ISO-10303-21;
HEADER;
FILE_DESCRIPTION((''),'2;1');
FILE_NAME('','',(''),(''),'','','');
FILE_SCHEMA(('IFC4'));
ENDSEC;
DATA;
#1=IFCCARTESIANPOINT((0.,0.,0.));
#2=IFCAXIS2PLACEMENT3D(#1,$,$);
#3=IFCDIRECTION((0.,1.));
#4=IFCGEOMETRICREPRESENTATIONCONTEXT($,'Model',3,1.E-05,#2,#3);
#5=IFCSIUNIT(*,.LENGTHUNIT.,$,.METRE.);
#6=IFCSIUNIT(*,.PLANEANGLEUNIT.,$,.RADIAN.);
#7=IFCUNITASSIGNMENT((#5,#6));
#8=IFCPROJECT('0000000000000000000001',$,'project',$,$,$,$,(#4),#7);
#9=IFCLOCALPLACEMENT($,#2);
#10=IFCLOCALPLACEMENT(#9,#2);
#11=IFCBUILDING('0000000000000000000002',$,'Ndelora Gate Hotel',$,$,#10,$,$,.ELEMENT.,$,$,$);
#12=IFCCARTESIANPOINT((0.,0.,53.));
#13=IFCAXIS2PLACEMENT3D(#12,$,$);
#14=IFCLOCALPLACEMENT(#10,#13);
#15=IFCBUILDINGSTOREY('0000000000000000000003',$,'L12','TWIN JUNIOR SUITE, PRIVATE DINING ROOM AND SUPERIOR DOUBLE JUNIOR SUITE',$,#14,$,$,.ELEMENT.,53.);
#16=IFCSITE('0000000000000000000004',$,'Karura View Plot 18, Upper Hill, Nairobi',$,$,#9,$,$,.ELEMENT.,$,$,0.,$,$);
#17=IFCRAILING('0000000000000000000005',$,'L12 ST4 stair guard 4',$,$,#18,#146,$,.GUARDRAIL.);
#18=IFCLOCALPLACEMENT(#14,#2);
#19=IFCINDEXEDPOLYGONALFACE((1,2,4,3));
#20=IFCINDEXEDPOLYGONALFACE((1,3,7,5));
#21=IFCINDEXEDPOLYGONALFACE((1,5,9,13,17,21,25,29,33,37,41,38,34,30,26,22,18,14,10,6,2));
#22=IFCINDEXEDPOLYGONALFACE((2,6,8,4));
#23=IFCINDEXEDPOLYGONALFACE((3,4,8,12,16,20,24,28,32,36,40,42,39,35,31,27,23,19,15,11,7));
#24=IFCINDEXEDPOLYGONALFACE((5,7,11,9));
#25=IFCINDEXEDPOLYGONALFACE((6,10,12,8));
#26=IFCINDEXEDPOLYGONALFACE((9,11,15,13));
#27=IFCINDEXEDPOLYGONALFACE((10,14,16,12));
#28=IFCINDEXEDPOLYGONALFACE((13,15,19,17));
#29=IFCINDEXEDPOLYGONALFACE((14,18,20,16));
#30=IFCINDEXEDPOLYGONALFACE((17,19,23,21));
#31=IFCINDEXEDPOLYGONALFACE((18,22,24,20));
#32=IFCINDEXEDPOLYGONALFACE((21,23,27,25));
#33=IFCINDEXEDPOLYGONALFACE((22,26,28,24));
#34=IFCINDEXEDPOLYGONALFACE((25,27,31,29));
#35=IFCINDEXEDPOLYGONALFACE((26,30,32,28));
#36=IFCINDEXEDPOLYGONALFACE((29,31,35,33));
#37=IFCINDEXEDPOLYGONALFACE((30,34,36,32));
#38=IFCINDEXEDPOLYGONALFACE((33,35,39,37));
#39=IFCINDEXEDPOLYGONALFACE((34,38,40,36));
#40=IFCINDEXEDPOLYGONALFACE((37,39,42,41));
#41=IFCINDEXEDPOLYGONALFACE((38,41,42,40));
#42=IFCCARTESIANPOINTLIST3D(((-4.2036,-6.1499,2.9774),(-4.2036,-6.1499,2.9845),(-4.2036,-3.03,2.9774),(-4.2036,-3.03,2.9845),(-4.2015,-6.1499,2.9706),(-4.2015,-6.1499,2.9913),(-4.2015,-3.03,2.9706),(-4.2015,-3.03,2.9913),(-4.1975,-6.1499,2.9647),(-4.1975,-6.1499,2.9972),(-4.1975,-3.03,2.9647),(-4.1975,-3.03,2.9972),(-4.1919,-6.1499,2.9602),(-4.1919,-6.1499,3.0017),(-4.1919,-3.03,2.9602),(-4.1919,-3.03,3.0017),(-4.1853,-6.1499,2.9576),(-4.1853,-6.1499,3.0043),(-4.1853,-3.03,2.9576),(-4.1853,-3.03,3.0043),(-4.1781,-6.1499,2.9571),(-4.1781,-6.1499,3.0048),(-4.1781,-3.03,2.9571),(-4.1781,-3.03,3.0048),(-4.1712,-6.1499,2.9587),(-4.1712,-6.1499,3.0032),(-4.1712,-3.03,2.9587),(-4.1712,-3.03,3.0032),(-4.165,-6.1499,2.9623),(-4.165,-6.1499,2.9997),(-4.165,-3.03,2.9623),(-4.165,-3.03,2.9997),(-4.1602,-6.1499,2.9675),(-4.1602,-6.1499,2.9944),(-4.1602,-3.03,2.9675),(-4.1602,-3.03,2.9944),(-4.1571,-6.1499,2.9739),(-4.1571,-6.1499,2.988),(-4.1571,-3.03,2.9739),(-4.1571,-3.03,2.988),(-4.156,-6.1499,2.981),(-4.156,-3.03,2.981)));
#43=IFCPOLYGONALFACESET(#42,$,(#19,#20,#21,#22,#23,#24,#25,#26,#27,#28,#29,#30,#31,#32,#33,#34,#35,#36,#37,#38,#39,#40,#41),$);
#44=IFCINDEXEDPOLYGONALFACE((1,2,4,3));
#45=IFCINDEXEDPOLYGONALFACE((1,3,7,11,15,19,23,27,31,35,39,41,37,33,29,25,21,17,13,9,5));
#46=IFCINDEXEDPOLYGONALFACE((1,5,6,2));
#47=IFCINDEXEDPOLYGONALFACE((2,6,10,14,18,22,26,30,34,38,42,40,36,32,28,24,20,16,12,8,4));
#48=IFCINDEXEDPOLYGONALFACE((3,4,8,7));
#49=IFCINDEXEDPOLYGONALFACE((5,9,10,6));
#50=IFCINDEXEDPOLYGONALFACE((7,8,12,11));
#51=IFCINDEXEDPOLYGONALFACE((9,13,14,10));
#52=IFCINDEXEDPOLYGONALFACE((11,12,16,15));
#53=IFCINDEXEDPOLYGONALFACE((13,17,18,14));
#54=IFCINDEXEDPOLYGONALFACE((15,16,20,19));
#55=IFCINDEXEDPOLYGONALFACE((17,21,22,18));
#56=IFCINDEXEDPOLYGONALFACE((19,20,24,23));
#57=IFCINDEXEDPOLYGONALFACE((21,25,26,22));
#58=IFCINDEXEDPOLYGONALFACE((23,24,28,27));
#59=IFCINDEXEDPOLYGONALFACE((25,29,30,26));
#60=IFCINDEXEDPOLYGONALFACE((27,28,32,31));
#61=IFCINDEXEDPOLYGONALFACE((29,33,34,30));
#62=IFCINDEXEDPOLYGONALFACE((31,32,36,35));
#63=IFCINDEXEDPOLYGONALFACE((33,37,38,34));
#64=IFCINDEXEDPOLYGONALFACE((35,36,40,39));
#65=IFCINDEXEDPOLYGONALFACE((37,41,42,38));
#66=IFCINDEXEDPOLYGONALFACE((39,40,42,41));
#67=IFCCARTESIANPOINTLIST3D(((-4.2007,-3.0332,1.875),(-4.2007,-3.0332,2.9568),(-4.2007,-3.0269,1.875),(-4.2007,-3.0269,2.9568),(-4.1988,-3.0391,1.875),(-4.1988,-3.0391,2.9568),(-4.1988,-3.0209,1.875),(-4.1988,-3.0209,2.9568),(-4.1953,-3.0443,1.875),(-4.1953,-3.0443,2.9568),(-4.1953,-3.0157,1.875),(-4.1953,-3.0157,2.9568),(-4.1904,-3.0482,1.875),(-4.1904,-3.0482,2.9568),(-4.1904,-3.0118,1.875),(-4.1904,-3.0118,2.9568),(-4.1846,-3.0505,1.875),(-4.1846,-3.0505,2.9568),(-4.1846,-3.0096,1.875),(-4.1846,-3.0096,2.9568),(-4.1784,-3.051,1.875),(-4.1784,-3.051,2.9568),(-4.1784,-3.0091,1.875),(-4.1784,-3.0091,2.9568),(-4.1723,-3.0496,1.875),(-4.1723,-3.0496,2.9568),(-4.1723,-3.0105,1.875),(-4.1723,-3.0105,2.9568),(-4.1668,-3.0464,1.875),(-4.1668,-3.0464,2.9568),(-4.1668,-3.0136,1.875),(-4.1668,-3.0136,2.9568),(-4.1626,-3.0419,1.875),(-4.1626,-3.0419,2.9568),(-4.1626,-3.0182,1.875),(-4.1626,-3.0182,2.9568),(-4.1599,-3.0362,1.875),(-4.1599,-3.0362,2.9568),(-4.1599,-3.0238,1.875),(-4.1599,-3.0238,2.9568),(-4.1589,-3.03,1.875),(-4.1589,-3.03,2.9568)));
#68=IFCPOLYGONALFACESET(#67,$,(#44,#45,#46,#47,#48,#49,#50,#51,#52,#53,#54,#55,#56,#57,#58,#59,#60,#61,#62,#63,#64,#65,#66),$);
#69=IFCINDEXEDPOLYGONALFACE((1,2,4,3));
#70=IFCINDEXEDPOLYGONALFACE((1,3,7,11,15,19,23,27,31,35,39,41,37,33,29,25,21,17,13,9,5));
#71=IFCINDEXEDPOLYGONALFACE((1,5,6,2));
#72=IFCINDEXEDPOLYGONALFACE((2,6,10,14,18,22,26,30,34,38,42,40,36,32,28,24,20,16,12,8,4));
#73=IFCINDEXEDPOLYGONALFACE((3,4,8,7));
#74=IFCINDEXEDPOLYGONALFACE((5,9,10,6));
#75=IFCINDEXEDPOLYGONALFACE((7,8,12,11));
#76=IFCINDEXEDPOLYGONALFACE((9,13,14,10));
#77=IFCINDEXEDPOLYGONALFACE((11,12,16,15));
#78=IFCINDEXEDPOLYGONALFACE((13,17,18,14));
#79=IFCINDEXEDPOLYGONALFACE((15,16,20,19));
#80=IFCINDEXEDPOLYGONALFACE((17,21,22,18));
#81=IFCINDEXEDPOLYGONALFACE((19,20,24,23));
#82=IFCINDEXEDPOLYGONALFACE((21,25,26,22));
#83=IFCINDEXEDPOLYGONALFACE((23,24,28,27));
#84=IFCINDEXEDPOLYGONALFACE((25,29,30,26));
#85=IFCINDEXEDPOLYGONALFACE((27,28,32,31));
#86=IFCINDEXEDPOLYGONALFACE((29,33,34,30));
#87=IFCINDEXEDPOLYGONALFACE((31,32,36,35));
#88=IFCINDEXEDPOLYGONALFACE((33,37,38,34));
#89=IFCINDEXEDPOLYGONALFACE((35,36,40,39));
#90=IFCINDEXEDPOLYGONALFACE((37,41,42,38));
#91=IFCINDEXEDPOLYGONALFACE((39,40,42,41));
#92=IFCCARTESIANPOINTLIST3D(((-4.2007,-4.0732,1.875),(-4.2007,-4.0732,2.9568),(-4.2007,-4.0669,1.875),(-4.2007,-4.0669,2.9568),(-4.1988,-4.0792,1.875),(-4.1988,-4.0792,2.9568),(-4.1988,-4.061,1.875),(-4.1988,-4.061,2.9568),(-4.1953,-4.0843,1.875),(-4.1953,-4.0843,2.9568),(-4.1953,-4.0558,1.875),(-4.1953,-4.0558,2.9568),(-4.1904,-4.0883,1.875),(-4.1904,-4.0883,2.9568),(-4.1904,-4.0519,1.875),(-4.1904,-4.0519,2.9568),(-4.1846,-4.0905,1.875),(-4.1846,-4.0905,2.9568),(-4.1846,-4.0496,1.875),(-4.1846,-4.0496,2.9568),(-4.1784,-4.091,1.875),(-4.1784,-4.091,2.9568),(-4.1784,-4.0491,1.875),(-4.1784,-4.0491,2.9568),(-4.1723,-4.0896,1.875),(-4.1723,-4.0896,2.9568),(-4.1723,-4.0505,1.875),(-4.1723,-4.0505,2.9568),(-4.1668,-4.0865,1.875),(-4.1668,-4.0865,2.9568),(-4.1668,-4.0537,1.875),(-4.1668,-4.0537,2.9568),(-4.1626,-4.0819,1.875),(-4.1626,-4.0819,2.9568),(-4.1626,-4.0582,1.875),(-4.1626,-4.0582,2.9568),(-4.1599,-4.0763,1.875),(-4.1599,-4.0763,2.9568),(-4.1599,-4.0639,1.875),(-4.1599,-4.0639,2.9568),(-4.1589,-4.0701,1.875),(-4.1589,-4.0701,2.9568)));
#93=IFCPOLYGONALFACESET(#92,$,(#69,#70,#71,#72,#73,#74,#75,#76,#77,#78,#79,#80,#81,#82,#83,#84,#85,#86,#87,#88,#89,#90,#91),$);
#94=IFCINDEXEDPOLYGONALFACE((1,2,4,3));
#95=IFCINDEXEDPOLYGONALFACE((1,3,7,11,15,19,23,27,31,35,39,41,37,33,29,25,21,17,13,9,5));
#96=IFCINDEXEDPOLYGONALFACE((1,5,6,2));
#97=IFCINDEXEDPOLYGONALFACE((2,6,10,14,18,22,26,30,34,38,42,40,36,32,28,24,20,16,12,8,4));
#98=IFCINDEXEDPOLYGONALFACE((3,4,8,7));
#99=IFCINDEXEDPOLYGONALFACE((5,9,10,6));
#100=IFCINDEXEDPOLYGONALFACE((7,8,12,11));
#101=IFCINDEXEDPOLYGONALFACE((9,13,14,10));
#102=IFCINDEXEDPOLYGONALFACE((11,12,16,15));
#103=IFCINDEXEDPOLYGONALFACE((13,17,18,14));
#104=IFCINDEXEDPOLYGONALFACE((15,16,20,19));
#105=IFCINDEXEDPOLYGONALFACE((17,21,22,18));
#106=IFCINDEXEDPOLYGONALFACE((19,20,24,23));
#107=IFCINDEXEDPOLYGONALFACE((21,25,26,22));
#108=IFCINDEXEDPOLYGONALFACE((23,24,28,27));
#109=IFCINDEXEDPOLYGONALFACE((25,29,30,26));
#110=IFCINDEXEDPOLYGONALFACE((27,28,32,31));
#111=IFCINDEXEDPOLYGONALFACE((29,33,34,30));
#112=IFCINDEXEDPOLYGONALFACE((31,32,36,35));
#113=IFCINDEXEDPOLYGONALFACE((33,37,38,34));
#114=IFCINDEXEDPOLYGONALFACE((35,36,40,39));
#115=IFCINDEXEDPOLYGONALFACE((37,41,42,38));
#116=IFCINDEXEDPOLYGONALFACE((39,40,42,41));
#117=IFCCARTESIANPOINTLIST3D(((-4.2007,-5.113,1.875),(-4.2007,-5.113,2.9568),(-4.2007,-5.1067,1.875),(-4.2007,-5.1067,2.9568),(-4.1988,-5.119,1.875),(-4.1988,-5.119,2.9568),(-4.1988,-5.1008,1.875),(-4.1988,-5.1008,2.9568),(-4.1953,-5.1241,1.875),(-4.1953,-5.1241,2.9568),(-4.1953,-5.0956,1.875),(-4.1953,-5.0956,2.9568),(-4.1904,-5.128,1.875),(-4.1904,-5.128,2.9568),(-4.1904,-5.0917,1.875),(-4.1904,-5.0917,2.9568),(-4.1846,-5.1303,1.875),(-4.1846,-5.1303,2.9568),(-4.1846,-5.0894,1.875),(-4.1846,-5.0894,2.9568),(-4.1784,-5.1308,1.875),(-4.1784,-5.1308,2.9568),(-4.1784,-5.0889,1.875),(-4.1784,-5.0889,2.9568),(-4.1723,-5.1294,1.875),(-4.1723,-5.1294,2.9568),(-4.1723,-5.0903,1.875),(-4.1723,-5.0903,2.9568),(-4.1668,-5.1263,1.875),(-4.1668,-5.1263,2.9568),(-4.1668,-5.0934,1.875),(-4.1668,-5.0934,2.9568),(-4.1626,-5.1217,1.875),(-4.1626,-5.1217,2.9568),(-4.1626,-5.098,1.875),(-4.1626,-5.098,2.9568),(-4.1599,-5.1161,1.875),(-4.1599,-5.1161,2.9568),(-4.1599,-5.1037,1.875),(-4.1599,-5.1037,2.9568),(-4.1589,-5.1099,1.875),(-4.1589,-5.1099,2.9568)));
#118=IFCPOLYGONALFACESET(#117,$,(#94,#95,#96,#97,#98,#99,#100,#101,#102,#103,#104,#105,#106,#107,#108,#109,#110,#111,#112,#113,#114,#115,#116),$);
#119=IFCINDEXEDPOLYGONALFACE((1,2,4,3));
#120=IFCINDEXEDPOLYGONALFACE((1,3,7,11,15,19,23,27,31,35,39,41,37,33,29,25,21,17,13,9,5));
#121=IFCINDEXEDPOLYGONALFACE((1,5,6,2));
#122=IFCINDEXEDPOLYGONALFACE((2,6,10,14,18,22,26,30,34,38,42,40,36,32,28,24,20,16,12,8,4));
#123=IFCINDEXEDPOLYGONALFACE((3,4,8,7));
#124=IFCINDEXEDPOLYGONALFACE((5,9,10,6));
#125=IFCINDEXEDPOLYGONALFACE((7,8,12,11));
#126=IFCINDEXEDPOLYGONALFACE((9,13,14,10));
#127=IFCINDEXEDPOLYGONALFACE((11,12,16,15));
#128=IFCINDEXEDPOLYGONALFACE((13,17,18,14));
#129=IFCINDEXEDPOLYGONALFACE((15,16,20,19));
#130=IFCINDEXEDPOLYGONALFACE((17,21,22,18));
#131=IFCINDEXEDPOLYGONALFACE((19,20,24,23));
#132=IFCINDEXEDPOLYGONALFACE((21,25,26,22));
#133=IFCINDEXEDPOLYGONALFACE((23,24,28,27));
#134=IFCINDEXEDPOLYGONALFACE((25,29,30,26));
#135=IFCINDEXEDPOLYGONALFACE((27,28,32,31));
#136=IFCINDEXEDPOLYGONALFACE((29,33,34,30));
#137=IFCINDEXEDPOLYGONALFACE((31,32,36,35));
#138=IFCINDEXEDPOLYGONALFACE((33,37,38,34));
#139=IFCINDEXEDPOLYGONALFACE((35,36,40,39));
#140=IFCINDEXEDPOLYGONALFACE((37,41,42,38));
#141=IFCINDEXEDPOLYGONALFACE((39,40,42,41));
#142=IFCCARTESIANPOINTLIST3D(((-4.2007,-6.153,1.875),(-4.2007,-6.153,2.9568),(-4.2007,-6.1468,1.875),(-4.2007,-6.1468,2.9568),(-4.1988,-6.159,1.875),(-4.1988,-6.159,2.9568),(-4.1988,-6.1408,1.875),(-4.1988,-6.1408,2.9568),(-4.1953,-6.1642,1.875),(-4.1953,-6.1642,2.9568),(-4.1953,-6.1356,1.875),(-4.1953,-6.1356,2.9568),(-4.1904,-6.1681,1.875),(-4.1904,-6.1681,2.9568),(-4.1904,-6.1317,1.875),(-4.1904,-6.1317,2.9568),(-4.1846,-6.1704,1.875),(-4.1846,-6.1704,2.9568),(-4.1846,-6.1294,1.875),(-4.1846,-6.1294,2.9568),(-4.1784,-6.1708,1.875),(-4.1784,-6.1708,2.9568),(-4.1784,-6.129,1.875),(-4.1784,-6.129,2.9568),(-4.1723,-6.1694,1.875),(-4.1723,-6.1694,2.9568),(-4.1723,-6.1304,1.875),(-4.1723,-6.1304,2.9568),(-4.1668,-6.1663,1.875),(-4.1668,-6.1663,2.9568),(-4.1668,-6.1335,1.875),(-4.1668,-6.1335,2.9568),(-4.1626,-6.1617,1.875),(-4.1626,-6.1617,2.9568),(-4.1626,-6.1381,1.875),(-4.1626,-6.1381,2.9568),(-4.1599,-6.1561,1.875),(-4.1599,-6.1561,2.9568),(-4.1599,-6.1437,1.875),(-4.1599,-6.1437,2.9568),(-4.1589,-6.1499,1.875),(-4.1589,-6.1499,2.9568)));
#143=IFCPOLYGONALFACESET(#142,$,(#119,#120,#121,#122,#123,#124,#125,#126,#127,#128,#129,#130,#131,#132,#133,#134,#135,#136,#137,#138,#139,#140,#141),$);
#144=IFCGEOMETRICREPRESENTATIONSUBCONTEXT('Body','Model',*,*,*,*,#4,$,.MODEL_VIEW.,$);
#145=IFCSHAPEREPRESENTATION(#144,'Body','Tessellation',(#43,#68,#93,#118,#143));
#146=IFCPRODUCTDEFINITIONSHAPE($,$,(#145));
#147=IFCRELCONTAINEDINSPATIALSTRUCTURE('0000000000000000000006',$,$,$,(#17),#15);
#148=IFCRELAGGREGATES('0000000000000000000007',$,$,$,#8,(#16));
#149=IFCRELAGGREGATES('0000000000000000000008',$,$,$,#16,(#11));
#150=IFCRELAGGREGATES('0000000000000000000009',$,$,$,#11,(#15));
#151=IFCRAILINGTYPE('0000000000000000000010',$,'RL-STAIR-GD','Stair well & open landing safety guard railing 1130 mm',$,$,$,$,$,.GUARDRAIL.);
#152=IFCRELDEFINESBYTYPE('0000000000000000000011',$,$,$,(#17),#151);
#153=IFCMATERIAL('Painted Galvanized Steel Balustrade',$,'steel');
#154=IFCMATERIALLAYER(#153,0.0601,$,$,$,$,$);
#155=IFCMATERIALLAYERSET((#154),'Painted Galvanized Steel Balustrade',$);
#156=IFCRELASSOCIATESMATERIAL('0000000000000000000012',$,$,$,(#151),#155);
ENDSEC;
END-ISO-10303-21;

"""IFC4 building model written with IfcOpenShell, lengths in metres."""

from ifc_helpers import new_model, si_unit, direction, frame, origin, origin_2d, place, context, subcontext, project, spatial, circle, extrude, material, layer, layer_set, type_object, element, save


model = new_model("IFC4")

# Units and contexts
model_context = context("Model", 3, precision=1e-05, world=origin(), true_north=direction((0.0, 1.0)))
body_context = subcontext(model_context, "Body", "Model", "MODEL_VIEW")
ifc_project = project(units=[si_unit("LENGTHUNIT", "METRE"), si_unit("PLANEANGLEUNIT", "RADIAN")], contexts=[model_context])

# Site, building, storey
site_placement = place(None, origin())
site = spatial("IfcSite", under=ifc_project, at=site_placement, Name="Karura View Plot 18, Upper Hill, Nairobi", CompositionType="ELEMENT", RefElevation=0.0)
building_placement = place(site_placement, origin())
building = spatial("IfcBuilding", under=site, at=building_placement, Name="Ndelora Gate Hotel", CompositionType="ELEMENT")
storey_placement = place(building_placement, frame((0.0, 0.0, 53.0)))
storey = spatial("IfcBuildingStorey", under=building, at=storey_placement, Name="L12", Description="TWIN JUNIOR SUITE, PRIVATE DINING ROOM AND SUPERIOR DOUBLE JUNIOR SUITE", CompositionType="ELEMENT", Elevation=53.0)

# Railing
ifc_material_1 = material(Name="Painted Galvanized Steel Balustrade", Category="steel")
ifc_layer_1 = layer(ifc_material_1, 0.0601)
ifc_layer_set_1 = layer_set([ifc_layer_1], Name="Painted Galvanized Steel Balustrade")
railing_type_1 = type_object("IfcRailingType", Name="RL-STAIR-GD", Description="Stair well & open landing safety guard railing 1130 mm", PredefinedType="GUARDRAIL", material=ifc_layer_set_1)
for number, where, name in (
    (1, (-4.1799, -3.03, 1.875), "L12 ST4 stair guard 4"),
):
    element("IfcRailing", number, at=place(storey_placement, frame(where)), inside=storey, type_object=railing_type_1, Name=name, PredefinedType="GUARDRAIL", context=body_context, shape_type="SweptSolid", body=[
        extrude(circle(Radius=0.0239, at=origin_2d()), frame((0.0, 0.0, 1.106), z_axis=(0.0, -1.0, 0.0), x_axis=(1.0, 0.0, 0.0)), (0.0, 0.0, 1.0), 3.1199),
        extrude(circle(Radius=0.021, at=origin_2d()), origin(), (0.0, 0.0, 1.0), 1.0818),
        extrude(circle(Radius=0.021, at=origin_2d()), frame((0.0, -1.04, 0.0)), (0.0, 0.0, 1.0), 1.0818),
        extrude(circle(Radius=0.021, at=origin_2d()), frame((0.0, -2.0798, 0.0)), (0.0, 0.0, 1.0), 1.0818),
        extrude(circle(Radius=0.021, at=origin_2d()), frame((0.0, -3.1199, 0.0)), (0.0, 0.0, 1.0), 1.0818),
    ])

save(model, "model.ifc")
